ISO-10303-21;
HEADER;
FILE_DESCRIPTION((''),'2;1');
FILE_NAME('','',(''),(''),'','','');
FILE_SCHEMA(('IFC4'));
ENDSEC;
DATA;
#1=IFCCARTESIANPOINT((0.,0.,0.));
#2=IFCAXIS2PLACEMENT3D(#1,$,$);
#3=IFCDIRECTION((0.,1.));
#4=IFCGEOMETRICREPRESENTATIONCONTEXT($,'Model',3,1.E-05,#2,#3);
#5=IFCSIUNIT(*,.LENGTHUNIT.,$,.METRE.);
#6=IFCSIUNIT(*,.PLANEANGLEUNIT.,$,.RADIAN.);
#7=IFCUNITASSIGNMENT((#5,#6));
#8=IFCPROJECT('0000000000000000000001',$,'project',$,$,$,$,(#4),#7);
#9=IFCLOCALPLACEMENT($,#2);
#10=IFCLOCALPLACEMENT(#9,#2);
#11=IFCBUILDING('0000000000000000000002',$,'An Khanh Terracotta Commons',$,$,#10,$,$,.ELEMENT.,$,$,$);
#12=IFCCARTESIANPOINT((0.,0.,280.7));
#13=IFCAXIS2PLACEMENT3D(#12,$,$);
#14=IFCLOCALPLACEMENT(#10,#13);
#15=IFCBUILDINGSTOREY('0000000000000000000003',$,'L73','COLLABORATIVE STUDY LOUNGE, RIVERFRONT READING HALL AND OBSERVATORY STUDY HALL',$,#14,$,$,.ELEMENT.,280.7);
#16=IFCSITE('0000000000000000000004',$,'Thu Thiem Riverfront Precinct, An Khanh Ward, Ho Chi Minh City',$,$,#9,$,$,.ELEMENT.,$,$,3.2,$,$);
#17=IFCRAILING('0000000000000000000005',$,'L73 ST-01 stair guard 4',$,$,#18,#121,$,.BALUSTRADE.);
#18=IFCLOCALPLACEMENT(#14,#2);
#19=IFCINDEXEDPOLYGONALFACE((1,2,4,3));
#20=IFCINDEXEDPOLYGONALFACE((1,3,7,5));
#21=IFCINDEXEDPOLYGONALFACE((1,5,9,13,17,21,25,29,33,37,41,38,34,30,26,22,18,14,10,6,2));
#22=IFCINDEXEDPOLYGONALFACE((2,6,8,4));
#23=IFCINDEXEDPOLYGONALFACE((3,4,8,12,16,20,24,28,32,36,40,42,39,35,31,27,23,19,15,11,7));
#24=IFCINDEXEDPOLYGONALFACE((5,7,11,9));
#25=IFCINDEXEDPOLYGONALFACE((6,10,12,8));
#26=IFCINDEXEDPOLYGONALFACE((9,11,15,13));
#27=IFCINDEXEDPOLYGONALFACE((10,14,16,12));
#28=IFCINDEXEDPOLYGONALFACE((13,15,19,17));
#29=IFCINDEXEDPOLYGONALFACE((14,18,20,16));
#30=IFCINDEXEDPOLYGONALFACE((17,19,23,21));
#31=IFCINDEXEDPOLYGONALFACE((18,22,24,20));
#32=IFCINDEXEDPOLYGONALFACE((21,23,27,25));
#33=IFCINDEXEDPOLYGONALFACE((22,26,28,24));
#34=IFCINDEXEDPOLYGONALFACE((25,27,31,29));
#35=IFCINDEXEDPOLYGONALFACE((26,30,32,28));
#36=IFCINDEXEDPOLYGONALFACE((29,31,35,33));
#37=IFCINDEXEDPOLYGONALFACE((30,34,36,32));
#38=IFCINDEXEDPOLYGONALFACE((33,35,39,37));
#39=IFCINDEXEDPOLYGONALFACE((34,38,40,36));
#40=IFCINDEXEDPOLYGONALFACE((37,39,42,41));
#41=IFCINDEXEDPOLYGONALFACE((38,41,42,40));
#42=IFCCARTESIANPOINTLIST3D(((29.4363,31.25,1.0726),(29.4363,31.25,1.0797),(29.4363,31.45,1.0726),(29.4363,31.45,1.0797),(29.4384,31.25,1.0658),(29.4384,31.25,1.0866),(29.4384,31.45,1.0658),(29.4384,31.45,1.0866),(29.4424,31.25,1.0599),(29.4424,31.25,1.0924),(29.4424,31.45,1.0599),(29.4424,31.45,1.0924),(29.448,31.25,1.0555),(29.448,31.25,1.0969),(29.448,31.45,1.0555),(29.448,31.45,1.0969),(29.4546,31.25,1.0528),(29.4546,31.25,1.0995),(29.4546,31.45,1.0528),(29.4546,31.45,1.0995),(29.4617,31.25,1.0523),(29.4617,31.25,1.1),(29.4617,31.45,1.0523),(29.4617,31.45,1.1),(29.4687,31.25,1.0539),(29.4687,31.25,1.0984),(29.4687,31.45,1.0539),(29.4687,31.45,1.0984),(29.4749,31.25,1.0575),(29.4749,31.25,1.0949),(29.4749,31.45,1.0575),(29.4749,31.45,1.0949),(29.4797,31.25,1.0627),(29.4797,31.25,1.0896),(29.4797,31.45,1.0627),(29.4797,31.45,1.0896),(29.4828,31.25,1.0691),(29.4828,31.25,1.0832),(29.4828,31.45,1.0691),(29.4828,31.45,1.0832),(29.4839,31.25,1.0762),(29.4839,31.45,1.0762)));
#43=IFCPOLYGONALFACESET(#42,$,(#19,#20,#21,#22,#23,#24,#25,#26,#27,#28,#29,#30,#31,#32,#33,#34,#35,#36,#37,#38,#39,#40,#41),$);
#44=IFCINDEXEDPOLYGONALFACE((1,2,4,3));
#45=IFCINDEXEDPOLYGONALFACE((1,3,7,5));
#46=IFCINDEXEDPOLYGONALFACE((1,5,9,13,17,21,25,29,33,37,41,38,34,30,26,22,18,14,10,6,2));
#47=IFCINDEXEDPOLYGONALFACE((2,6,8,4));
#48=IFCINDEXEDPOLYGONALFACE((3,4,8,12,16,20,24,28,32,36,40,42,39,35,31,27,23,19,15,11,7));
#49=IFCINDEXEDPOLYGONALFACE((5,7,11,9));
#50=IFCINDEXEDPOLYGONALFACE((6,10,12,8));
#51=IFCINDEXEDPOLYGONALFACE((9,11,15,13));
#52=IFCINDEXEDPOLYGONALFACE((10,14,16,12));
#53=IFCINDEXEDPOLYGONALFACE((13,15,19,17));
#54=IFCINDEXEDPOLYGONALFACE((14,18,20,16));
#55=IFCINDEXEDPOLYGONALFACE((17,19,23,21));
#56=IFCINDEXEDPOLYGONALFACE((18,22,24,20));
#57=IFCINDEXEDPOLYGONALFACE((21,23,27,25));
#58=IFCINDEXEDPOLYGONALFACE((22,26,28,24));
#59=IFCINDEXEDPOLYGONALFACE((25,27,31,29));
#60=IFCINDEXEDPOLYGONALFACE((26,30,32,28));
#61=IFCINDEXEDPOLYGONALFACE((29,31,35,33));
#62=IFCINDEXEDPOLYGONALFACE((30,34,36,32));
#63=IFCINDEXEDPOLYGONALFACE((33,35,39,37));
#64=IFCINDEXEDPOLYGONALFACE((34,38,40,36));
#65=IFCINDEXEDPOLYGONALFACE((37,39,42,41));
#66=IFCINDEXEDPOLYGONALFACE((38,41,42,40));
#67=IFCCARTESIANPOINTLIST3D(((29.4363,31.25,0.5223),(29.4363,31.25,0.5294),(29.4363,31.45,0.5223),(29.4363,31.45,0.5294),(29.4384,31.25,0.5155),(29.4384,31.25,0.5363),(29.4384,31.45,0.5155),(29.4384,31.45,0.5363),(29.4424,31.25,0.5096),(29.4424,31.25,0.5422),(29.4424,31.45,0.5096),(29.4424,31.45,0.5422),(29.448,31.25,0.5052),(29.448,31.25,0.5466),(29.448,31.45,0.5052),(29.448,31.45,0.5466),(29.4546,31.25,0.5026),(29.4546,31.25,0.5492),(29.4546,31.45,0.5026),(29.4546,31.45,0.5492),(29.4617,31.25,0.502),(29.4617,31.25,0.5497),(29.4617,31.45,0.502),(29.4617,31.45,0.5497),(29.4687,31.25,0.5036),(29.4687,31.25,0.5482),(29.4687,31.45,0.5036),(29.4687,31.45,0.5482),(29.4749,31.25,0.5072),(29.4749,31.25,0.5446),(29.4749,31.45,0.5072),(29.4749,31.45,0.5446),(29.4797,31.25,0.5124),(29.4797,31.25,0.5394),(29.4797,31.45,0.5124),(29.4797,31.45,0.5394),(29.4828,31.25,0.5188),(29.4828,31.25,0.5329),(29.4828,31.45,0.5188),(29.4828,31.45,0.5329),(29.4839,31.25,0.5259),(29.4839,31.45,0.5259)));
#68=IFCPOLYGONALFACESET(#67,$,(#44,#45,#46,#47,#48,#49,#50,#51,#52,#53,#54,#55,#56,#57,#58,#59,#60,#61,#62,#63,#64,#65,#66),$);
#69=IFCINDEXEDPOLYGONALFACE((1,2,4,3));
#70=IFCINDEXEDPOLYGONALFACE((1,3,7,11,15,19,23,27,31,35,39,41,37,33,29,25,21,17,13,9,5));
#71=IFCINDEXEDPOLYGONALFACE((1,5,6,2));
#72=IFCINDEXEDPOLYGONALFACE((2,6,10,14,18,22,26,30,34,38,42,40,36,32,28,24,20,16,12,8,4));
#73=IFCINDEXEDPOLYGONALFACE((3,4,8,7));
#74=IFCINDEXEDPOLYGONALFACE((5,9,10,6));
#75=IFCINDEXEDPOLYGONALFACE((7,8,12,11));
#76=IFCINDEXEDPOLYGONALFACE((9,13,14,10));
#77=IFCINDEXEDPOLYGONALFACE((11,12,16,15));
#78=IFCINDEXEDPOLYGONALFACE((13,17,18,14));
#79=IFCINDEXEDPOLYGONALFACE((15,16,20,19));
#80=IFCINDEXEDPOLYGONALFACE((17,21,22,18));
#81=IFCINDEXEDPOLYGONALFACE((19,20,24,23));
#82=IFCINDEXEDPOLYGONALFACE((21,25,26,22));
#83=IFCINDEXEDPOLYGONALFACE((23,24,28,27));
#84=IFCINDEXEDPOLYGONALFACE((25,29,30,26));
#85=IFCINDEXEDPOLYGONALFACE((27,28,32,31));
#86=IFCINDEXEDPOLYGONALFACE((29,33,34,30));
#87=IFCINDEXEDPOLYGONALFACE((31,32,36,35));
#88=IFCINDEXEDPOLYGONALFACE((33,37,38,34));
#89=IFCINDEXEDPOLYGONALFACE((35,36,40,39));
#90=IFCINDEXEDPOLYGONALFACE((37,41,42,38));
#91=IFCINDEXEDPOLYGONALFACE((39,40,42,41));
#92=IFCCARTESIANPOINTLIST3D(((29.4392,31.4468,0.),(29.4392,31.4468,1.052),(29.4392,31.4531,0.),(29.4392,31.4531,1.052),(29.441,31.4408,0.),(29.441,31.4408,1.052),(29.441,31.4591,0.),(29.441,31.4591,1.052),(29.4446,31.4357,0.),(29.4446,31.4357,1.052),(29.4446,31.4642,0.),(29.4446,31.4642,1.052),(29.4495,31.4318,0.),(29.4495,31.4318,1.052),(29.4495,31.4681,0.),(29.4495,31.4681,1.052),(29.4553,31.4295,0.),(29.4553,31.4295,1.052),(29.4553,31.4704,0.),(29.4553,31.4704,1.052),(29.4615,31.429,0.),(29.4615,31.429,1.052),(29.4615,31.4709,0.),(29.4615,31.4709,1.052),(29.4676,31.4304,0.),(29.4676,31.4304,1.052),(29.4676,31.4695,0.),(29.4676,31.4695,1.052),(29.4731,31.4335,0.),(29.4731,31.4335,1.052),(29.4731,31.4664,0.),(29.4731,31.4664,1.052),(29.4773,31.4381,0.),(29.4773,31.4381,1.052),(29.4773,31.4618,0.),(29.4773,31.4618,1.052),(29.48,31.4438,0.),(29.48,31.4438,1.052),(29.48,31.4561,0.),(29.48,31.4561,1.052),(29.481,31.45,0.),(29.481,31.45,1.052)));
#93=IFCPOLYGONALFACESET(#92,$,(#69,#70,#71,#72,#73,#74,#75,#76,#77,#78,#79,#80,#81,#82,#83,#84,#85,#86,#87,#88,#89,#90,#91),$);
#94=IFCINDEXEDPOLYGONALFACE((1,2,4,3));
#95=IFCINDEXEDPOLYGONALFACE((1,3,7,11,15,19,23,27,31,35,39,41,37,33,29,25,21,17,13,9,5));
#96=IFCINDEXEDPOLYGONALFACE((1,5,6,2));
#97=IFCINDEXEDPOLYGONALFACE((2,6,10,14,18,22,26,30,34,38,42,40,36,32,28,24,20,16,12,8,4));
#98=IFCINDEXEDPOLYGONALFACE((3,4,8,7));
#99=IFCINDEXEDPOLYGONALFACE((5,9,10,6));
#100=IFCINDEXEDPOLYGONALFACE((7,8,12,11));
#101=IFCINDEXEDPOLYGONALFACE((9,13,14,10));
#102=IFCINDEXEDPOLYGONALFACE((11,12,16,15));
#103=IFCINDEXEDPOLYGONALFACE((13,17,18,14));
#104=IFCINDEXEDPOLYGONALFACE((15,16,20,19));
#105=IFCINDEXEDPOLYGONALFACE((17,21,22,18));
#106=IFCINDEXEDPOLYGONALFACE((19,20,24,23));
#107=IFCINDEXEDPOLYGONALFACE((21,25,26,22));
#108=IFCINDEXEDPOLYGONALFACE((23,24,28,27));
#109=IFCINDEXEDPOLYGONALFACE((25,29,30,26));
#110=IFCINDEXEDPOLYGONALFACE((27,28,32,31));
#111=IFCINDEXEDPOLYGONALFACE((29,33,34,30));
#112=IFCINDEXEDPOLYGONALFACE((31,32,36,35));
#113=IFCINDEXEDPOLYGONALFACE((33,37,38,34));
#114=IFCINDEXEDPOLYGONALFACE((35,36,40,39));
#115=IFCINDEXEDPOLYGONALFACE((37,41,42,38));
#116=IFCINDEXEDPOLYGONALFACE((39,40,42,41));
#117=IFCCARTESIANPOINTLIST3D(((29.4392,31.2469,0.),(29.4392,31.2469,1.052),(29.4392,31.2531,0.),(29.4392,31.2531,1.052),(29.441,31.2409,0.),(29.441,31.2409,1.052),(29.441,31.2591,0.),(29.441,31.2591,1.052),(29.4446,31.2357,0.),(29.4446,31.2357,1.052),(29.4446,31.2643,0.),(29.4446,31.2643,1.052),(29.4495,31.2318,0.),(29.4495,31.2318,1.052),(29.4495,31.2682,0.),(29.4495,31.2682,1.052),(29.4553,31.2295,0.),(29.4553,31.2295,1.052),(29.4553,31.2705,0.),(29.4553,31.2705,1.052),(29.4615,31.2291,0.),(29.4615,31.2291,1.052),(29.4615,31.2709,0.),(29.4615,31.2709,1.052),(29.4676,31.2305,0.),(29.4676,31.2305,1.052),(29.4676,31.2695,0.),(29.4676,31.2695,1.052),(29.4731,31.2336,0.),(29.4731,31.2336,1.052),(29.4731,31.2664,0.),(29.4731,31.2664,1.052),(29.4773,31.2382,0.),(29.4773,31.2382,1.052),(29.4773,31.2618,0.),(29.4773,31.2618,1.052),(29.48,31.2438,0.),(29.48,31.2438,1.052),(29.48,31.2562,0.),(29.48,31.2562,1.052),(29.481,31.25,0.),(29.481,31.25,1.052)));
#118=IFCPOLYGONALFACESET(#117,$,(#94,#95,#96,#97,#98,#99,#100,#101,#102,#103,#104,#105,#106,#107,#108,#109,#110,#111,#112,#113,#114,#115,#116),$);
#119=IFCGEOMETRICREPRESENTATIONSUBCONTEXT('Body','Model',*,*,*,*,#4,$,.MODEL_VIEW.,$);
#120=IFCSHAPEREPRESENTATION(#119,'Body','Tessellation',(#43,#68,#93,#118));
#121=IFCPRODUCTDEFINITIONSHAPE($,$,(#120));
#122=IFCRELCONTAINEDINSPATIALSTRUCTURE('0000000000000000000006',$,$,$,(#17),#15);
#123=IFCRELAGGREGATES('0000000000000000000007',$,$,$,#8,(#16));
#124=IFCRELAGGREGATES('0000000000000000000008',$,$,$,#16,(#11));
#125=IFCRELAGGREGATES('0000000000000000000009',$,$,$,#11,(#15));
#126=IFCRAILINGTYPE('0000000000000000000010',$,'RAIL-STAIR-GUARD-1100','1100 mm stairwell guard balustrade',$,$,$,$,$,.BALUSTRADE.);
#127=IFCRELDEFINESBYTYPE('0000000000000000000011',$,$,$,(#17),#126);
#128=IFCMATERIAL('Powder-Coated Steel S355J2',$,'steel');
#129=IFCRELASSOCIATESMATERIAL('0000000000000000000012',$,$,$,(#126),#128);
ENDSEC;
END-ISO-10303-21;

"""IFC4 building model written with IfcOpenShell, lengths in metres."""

from ifc_helpers import new_model, si_unit, direction, frame, origin, origin_2d, place, context, subcontext, project, spatial, circle, extrude, material, type_object, element, save


model = new_model("IFC4")

# Units and contexts
model_context = context("Model", 3, precision=1e-05, world=origin(), true_north=direction((0.0, 1.0)))
body_context = subcontext(model_context, "Body", "Model", "MODEL_VIEW")
ifc_project = project(units=[si_unit("LENGTHUNIT", "METRE"), si_unit("PLANEANGLEUNIT", "RADIAN")], contexts=[model_context])

# Site, building, storey
site_placement = place(None, origin())
site = spatial("IfcSite", under=ifc_project, at=site_placement, Name="Thu Thiem Riverfront Precinct, An Khanh Ward, Ho Chi Minh City", CompositionType="ELEMENT", RefElevation=3.2)
building_placement = place(site_placement, origin())
building = spatial("IfcBuilding", under=site, at=building_placement, Name="An Khanh Terracotta Commons", CompositionType="ELEMENT")
storey_placement = place(building_placement, frame((0.0, 0.0, 280.7)))
storey = spatial("IfcBuildingStorey", under=building, at=storey_placement, Name="L73", Description="COLLABORATIVE STUDY LOUNGE, RIVERFRONT READING HALL AND OBSERVATORY STUDY HALL", CompositionType="ELEMENT", Elevation=280.7)

# Railing
ifc_material_1 = material(Name="Powder-Coated Steel S355J2", Category="steel")
railing_type_1 = type_object("IfcRailingType", Name="RAIL-STAIR-GUARD-1100", Description="1100 mm stairwell guard balustrade", PredefinedType="BALUSTRADE", material=ifc_material_1)
railing_1_placement = place(storey_placement, frame((29.46, 31.45, 0.0)))
element("IfcRailing", 1, at=railing_1_placement, inside=storey, type_object=railing_type_1, Name="L73 ST-01 stair guard 4", PredefinedType="BALUSTRADE", context=body_context, shape_type="SweptSolid", body=[
    extrude(circle(Radius=0.0239, at=origin_2d()), frame((0.0, 0.0, 1.0762), z_axis=(0.0, -1.0, 0.0), x_axis=(1.0, 0.0, 0.0)), (0.0, 0.0, 1.0), 0.2),
    extrude(circle(Radius=0.0239, at=origin_2d()), frame((0.0, 0.0, 0.5259), z_axis=(0.0, -1.0, 0.0), x_axis=(1.0, 0.0, 0.0)), (0.0, 0.0, 1.0), 0.2),
    extrude(circle(Radius=0.021, at=origin_2d()), origin(), (0.0, 0.0, 1.0), 1.052),
    extrude(circle(Radius=0.021, at=origin_2d()), frame((0.0, -0.2, 0.0)), (0.0, 0.0, 1.0), 1.052),
])

save(model, "model.ifc")
